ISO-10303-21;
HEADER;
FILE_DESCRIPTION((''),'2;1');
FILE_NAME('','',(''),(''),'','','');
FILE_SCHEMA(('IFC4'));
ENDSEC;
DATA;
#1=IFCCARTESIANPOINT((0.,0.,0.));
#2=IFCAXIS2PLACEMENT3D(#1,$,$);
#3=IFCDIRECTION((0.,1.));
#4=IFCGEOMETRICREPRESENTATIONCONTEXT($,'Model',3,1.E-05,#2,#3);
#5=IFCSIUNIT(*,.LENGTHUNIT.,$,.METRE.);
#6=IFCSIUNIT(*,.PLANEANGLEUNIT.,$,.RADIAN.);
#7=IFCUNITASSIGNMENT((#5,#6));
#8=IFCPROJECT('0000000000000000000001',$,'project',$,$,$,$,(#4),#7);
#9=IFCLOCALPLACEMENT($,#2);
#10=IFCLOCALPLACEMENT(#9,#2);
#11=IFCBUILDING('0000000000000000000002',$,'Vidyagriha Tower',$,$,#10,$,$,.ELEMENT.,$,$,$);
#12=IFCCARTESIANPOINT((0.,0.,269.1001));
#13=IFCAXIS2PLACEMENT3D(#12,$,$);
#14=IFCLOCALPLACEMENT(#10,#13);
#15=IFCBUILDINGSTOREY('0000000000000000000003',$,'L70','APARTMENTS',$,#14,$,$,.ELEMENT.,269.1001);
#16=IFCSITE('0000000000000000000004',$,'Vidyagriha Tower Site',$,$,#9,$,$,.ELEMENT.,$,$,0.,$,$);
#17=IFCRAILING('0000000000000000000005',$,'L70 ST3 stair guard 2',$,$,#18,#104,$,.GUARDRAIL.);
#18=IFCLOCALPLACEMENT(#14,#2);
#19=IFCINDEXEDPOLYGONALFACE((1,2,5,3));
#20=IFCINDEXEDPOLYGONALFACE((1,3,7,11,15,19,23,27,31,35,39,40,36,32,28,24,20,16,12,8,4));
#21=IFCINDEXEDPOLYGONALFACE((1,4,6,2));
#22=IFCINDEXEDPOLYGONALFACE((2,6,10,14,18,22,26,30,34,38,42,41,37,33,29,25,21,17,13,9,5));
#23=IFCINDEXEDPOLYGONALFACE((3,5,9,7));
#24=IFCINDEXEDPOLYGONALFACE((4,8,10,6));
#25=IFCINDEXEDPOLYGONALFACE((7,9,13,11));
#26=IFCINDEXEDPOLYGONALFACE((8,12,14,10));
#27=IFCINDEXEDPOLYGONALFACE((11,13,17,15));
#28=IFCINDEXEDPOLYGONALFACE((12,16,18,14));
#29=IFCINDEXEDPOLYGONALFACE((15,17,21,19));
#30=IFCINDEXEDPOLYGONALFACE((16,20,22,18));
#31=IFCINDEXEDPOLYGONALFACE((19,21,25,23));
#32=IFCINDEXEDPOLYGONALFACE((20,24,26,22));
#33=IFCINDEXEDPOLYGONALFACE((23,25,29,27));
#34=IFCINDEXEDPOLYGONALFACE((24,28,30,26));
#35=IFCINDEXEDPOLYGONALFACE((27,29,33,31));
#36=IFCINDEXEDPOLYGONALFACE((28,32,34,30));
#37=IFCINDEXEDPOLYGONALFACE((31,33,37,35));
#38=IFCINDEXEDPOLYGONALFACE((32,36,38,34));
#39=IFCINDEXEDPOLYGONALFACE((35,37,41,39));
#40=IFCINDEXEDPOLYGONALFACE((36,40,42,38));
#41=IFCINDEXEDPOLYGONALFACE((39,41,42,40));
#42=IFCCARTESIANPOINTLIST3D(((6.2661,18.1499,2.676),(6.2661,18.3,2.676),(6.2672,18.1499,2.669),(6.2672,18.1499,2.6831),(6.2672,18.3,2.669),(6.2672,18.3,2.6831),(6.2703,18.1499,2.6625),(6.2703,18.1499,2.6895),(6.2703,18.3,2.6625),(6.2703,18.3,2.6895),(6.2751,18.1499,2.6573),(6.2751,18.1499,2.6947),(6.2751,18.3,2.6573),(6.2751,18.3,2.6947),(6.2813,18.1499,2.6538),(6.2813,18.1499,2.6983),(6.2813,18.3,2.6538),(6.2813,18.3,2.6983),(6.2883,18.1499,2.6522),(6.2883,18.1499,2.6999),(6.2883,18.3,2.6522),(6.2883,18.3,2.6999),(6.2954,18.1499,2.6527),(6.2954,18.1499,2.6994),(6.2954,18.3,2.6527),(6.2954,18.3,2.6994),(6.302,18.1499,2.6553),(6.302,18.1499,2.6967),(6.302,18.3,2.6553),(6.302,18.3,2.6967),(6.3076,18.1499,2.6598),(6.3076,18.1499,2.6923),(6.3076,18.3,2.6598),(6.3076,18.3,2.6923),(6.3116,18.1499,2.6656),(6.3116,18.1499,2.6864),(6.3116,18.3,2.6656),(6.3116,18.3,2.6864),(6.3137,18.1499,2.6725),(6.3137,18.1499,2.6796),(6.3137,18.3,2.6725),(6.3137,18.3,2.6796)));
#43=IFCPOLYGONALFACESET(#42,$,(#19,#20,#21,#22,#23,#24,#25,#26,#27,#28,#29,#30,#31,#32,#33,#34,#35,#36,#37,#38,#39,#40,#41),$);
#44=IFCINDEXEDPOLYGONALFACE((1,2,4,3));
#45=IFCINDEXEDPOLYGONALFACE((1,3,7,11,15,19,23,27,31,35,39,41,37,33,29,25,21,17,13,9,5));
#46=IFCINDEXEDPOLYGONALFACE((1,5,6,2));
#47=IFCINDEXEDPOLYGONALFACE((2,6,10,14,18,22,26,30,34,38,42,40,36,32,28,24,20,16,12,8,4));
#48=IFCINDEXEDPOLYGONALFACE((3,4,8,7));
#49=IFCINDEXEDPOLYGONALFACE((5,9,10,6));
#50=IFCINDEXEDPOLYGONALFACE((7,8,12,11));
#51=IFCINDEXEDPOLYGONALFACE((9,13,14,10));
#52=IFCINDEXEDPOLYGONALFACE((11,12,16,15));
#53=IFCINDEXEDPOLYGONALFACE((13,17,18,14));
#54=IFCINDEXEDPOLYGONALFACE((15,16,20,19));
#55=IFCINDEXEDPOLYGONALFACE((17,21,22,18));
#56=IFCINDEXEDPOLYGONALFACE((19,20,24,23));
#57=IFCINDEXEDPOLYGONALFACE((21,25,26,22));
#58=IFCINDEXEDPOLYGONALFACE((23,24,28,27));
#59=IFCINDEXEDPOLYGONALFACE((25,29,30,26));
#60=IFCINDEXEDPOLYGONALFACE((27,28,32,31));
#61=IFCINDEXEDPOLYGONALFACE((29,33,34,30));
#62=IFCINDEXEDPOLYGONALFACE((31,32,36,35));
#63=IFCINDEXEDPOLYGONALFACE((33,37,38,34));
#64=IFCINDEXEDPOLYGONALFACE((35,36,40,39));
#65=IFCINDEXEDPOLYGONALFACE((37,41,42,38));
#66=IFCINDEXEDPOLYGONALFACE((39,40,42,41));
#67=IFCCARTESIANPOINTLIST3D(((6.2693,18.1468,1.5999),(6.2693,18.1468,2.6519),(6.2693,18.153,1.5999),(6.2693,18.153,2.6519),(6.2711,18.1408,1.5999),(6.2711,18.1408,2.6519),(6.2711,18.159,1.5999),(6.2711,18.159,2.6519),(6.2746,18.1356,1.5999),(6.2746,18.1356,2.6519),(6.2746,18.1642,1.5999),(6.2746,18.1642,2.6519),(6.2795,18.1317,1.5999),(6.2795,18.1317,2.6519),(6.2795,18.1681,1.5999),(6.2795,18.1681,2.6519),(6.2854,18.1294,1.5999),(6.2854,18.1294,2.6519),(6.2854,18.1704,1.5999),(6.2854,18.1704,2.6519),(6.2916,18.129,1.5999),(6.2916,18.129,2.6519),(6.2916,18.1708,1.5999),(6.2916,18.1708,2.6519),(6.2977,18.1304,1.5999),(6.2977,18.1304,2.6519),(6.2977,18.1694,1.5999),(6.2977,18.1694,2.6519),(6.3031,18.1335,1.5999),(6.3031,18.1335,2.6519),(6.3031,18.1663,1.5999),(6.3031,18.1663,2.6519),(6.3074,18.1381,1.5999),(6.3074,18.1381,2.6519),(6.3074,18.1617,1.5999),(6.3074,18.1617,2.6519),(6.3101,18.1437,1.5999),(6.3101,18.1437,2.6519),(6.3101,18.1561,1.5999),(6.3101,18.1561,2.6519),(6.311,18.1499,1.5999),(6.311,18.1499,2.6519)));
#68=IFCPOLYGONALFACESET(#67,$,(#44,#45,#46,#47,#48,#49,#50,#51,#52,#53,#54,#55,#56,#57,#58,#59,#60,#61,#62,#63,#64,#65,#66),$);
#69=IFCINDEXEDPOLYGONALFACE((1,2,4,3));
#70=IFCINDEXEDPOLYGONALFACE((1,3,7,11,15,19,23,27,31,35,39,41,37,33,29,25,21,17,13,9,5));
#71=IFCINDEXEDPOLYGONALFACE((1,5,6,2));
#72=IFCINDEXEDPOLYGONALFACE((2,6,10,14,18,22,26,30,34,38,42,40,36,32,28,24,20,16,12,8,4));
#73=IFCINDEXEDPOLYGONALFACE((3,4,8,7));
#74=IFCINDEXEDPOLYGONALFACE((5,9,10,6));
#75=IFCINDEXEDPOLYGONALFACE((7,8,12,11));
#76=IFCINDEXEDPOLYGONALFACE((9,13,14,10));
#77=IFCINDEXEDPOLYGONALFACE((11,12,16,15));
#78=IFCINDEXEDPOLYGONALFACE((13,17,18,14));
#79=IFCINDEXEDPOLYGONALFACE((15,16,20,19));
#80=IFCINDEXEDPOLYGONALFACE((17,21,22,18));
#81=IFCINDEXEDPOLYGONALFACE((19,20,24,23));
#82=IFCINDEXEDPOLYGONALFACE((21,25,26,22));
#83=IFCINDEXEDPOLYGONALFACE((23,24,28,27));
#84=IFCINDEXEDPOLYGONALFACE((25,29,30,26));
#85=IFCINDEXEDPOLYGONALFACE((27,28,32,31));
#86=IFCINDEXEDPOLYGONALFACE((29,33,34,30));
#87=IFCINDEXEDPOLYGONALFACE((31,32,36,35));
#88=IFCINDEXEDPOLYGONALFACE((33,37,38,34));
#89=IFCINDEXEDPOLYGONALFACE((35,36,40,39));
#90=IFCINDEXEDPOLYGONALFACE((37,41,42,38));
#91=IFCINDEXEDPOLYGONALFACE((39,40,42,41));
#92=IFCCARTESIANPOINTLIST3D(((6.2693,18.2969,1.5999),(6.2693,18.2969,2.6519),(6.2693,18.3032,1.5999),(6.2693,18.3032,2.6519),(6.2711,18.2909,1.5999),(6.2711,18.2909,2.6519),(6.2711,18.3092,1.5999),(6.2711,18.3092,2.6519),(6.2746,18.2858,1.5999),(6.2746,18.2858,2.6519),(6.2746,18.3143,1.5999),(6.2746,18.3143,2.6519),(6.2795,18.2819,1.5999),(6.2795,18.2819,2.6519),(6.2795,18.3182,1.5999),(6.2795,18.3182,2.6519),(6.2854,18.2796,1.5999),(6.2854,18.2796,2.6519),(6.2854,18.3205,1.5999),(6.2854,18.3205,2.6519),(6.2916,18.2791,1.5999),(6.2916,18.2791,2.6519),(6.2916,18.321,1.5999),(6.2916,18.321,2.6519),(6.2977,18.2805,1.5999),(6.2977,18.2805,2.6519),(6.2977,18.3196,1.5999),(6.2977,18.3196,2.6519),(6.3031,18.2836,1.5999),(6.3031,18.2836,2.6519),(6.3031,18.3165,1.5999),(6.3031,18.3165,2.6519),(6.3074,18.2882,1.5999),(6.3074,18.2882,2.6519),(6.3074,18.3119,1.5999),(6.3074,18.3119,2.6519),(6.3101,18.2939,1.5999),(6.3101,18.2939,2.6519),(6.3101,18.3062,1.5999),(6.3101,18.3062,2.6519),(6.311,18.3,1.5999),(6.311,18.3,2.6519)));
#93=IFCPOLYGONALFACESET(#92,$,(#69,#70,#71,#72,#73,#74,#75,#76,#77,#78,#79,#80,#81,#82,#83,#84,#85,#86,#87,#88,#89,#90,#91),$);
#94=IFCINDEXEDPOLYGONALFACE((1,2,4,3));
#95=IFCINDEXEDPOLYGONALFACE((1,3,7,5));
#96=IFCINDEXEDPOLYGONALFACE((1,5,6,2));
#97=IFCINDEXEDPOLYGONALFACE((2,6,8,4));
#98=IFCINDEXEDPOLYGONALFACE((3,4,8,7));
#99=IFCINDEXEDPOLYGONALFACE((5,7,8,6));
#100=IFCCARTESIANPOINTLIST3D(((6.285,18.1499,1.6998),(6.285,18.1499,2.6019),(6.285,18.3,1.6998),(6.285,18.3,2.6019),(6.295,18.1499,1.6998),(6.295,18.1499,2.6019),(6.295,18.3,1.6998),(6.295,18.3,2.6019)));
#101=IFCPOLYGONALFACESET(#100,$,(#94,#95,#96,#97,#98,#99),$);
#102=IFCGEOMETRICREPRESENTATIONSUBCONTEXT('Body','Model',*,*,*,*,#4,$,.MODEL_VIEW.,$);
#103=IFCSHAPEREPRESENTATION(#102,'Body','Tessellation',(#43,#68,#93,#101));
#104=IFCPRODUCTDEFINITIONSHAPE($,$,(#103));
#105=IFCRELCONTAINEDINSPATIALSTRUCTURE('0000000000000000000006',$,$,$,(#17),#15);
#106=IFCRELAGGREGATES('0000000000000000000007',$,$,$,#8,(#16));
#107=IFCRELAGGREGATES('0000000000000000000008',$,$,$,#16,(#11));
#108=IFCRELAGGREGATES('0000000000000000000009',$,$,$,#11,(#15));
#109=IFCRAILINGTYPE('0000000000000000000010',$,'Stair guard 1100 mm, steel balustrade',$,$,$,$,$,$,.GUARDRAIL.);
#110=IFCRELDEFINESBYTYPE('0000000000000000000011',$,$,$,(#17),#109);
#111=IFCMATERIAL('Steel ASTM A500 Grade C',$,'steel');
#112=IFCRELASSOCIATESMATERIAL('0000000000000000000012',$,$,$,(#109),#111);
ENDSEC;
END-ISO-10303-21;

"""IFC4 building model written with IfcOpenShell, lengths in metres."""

from ifc_helpers import new_model, si_unit, direction, frame, origin, origin_2d, place, context, subcontext, project, spatial, rectangle, circle, extrude, material, type_object, element, save


model = new_model("IFC4")

# Units and contexts
model_context = context("Model", 3, precision=1e-05, world=origin(), true_north=direction((0.0, 1.0)))
body_context = subcontext(model_context, "Body", "Model", "MODEL_VIEW")
ifc_project = project(units=[si_unit("LENGTHUNIT", "METRE"), si_unit("PLANEANGLEUNIT", "RADIAN")], contexts=[model_context])

# Site, building, storey
site_placement = place(None, origin())
site = spatial("IfcSite", under=ifc_project, at=site_placement, Name="Vidyagriha Tower Site", CompositionType="ELEMENT", RefElevation=0.0)
building_placement = place(site_placement, origin())
building = spatial("IfcBuilding", under=site, at=building_placement, Name="Vidyagriha Tower", CompositionType="ELEMENT")
storey_placement = place(building_placement, frame((0.0, 0.0, 269.1001)))
storey = spatial("IfcBuildingStorey", under=building, at=storey_placement, Name="L70", Description="APARTMENTS", CompositionType="ELEMENT", Elevation=269.1001)

# Railing
ifc_material_1 = material(Name="Steel ASTM A500 Grade C", Category="steel")
railing_type_1 = type_object("IfcRailingType", Name="Stair guard 1100 mm, steel balustrade", PredefinedType="GUARDRAIL", material=ifc_material_1)
railing_1_placement = place(storey_placement, frame((6.29, 18.1499, 1.5999)))
element("IfcRailing", 1, at=railing_1_placement, inside=storey, type_object=railing_type_1, Name="L70 ST3 stair guard 2", PredefinedType="GUARDRAIL", context=body_context, shape_type="SweptSolid", body=[
    extrude(circle(Radius=0.0239, at=origin_2d()), frame((0.0, 0.0, 1.0762), z_axis=(0.0, 1.0, 0.0), x_axis=(-1.0, 0.0, 0.0)), (0.0, 0.0, 1.0), 0.1501),
    extrude(circle(Radius=0.021, at=origin_2d()), origin(), (0.0, 0.0, 1.0), 1.052),
    extrude(circle(Radius=0.021, at=origin_2d()), frame((0.0, 0.1501, 0.0)), (0.0, 0.0, 1.0), 1.052),
    extrude(rectangle(XDim=0.01, YDim=0.9021, at=origin_2d()), frame((0.0, 0.0, 0.551), z_axis=(0.0, 1.0, 0.0), x_axis=(-1.0, 0.0, 0.0)), (0.0, 0.0, 1.0), 0.1501),
])

save(model, "model.ifc")
